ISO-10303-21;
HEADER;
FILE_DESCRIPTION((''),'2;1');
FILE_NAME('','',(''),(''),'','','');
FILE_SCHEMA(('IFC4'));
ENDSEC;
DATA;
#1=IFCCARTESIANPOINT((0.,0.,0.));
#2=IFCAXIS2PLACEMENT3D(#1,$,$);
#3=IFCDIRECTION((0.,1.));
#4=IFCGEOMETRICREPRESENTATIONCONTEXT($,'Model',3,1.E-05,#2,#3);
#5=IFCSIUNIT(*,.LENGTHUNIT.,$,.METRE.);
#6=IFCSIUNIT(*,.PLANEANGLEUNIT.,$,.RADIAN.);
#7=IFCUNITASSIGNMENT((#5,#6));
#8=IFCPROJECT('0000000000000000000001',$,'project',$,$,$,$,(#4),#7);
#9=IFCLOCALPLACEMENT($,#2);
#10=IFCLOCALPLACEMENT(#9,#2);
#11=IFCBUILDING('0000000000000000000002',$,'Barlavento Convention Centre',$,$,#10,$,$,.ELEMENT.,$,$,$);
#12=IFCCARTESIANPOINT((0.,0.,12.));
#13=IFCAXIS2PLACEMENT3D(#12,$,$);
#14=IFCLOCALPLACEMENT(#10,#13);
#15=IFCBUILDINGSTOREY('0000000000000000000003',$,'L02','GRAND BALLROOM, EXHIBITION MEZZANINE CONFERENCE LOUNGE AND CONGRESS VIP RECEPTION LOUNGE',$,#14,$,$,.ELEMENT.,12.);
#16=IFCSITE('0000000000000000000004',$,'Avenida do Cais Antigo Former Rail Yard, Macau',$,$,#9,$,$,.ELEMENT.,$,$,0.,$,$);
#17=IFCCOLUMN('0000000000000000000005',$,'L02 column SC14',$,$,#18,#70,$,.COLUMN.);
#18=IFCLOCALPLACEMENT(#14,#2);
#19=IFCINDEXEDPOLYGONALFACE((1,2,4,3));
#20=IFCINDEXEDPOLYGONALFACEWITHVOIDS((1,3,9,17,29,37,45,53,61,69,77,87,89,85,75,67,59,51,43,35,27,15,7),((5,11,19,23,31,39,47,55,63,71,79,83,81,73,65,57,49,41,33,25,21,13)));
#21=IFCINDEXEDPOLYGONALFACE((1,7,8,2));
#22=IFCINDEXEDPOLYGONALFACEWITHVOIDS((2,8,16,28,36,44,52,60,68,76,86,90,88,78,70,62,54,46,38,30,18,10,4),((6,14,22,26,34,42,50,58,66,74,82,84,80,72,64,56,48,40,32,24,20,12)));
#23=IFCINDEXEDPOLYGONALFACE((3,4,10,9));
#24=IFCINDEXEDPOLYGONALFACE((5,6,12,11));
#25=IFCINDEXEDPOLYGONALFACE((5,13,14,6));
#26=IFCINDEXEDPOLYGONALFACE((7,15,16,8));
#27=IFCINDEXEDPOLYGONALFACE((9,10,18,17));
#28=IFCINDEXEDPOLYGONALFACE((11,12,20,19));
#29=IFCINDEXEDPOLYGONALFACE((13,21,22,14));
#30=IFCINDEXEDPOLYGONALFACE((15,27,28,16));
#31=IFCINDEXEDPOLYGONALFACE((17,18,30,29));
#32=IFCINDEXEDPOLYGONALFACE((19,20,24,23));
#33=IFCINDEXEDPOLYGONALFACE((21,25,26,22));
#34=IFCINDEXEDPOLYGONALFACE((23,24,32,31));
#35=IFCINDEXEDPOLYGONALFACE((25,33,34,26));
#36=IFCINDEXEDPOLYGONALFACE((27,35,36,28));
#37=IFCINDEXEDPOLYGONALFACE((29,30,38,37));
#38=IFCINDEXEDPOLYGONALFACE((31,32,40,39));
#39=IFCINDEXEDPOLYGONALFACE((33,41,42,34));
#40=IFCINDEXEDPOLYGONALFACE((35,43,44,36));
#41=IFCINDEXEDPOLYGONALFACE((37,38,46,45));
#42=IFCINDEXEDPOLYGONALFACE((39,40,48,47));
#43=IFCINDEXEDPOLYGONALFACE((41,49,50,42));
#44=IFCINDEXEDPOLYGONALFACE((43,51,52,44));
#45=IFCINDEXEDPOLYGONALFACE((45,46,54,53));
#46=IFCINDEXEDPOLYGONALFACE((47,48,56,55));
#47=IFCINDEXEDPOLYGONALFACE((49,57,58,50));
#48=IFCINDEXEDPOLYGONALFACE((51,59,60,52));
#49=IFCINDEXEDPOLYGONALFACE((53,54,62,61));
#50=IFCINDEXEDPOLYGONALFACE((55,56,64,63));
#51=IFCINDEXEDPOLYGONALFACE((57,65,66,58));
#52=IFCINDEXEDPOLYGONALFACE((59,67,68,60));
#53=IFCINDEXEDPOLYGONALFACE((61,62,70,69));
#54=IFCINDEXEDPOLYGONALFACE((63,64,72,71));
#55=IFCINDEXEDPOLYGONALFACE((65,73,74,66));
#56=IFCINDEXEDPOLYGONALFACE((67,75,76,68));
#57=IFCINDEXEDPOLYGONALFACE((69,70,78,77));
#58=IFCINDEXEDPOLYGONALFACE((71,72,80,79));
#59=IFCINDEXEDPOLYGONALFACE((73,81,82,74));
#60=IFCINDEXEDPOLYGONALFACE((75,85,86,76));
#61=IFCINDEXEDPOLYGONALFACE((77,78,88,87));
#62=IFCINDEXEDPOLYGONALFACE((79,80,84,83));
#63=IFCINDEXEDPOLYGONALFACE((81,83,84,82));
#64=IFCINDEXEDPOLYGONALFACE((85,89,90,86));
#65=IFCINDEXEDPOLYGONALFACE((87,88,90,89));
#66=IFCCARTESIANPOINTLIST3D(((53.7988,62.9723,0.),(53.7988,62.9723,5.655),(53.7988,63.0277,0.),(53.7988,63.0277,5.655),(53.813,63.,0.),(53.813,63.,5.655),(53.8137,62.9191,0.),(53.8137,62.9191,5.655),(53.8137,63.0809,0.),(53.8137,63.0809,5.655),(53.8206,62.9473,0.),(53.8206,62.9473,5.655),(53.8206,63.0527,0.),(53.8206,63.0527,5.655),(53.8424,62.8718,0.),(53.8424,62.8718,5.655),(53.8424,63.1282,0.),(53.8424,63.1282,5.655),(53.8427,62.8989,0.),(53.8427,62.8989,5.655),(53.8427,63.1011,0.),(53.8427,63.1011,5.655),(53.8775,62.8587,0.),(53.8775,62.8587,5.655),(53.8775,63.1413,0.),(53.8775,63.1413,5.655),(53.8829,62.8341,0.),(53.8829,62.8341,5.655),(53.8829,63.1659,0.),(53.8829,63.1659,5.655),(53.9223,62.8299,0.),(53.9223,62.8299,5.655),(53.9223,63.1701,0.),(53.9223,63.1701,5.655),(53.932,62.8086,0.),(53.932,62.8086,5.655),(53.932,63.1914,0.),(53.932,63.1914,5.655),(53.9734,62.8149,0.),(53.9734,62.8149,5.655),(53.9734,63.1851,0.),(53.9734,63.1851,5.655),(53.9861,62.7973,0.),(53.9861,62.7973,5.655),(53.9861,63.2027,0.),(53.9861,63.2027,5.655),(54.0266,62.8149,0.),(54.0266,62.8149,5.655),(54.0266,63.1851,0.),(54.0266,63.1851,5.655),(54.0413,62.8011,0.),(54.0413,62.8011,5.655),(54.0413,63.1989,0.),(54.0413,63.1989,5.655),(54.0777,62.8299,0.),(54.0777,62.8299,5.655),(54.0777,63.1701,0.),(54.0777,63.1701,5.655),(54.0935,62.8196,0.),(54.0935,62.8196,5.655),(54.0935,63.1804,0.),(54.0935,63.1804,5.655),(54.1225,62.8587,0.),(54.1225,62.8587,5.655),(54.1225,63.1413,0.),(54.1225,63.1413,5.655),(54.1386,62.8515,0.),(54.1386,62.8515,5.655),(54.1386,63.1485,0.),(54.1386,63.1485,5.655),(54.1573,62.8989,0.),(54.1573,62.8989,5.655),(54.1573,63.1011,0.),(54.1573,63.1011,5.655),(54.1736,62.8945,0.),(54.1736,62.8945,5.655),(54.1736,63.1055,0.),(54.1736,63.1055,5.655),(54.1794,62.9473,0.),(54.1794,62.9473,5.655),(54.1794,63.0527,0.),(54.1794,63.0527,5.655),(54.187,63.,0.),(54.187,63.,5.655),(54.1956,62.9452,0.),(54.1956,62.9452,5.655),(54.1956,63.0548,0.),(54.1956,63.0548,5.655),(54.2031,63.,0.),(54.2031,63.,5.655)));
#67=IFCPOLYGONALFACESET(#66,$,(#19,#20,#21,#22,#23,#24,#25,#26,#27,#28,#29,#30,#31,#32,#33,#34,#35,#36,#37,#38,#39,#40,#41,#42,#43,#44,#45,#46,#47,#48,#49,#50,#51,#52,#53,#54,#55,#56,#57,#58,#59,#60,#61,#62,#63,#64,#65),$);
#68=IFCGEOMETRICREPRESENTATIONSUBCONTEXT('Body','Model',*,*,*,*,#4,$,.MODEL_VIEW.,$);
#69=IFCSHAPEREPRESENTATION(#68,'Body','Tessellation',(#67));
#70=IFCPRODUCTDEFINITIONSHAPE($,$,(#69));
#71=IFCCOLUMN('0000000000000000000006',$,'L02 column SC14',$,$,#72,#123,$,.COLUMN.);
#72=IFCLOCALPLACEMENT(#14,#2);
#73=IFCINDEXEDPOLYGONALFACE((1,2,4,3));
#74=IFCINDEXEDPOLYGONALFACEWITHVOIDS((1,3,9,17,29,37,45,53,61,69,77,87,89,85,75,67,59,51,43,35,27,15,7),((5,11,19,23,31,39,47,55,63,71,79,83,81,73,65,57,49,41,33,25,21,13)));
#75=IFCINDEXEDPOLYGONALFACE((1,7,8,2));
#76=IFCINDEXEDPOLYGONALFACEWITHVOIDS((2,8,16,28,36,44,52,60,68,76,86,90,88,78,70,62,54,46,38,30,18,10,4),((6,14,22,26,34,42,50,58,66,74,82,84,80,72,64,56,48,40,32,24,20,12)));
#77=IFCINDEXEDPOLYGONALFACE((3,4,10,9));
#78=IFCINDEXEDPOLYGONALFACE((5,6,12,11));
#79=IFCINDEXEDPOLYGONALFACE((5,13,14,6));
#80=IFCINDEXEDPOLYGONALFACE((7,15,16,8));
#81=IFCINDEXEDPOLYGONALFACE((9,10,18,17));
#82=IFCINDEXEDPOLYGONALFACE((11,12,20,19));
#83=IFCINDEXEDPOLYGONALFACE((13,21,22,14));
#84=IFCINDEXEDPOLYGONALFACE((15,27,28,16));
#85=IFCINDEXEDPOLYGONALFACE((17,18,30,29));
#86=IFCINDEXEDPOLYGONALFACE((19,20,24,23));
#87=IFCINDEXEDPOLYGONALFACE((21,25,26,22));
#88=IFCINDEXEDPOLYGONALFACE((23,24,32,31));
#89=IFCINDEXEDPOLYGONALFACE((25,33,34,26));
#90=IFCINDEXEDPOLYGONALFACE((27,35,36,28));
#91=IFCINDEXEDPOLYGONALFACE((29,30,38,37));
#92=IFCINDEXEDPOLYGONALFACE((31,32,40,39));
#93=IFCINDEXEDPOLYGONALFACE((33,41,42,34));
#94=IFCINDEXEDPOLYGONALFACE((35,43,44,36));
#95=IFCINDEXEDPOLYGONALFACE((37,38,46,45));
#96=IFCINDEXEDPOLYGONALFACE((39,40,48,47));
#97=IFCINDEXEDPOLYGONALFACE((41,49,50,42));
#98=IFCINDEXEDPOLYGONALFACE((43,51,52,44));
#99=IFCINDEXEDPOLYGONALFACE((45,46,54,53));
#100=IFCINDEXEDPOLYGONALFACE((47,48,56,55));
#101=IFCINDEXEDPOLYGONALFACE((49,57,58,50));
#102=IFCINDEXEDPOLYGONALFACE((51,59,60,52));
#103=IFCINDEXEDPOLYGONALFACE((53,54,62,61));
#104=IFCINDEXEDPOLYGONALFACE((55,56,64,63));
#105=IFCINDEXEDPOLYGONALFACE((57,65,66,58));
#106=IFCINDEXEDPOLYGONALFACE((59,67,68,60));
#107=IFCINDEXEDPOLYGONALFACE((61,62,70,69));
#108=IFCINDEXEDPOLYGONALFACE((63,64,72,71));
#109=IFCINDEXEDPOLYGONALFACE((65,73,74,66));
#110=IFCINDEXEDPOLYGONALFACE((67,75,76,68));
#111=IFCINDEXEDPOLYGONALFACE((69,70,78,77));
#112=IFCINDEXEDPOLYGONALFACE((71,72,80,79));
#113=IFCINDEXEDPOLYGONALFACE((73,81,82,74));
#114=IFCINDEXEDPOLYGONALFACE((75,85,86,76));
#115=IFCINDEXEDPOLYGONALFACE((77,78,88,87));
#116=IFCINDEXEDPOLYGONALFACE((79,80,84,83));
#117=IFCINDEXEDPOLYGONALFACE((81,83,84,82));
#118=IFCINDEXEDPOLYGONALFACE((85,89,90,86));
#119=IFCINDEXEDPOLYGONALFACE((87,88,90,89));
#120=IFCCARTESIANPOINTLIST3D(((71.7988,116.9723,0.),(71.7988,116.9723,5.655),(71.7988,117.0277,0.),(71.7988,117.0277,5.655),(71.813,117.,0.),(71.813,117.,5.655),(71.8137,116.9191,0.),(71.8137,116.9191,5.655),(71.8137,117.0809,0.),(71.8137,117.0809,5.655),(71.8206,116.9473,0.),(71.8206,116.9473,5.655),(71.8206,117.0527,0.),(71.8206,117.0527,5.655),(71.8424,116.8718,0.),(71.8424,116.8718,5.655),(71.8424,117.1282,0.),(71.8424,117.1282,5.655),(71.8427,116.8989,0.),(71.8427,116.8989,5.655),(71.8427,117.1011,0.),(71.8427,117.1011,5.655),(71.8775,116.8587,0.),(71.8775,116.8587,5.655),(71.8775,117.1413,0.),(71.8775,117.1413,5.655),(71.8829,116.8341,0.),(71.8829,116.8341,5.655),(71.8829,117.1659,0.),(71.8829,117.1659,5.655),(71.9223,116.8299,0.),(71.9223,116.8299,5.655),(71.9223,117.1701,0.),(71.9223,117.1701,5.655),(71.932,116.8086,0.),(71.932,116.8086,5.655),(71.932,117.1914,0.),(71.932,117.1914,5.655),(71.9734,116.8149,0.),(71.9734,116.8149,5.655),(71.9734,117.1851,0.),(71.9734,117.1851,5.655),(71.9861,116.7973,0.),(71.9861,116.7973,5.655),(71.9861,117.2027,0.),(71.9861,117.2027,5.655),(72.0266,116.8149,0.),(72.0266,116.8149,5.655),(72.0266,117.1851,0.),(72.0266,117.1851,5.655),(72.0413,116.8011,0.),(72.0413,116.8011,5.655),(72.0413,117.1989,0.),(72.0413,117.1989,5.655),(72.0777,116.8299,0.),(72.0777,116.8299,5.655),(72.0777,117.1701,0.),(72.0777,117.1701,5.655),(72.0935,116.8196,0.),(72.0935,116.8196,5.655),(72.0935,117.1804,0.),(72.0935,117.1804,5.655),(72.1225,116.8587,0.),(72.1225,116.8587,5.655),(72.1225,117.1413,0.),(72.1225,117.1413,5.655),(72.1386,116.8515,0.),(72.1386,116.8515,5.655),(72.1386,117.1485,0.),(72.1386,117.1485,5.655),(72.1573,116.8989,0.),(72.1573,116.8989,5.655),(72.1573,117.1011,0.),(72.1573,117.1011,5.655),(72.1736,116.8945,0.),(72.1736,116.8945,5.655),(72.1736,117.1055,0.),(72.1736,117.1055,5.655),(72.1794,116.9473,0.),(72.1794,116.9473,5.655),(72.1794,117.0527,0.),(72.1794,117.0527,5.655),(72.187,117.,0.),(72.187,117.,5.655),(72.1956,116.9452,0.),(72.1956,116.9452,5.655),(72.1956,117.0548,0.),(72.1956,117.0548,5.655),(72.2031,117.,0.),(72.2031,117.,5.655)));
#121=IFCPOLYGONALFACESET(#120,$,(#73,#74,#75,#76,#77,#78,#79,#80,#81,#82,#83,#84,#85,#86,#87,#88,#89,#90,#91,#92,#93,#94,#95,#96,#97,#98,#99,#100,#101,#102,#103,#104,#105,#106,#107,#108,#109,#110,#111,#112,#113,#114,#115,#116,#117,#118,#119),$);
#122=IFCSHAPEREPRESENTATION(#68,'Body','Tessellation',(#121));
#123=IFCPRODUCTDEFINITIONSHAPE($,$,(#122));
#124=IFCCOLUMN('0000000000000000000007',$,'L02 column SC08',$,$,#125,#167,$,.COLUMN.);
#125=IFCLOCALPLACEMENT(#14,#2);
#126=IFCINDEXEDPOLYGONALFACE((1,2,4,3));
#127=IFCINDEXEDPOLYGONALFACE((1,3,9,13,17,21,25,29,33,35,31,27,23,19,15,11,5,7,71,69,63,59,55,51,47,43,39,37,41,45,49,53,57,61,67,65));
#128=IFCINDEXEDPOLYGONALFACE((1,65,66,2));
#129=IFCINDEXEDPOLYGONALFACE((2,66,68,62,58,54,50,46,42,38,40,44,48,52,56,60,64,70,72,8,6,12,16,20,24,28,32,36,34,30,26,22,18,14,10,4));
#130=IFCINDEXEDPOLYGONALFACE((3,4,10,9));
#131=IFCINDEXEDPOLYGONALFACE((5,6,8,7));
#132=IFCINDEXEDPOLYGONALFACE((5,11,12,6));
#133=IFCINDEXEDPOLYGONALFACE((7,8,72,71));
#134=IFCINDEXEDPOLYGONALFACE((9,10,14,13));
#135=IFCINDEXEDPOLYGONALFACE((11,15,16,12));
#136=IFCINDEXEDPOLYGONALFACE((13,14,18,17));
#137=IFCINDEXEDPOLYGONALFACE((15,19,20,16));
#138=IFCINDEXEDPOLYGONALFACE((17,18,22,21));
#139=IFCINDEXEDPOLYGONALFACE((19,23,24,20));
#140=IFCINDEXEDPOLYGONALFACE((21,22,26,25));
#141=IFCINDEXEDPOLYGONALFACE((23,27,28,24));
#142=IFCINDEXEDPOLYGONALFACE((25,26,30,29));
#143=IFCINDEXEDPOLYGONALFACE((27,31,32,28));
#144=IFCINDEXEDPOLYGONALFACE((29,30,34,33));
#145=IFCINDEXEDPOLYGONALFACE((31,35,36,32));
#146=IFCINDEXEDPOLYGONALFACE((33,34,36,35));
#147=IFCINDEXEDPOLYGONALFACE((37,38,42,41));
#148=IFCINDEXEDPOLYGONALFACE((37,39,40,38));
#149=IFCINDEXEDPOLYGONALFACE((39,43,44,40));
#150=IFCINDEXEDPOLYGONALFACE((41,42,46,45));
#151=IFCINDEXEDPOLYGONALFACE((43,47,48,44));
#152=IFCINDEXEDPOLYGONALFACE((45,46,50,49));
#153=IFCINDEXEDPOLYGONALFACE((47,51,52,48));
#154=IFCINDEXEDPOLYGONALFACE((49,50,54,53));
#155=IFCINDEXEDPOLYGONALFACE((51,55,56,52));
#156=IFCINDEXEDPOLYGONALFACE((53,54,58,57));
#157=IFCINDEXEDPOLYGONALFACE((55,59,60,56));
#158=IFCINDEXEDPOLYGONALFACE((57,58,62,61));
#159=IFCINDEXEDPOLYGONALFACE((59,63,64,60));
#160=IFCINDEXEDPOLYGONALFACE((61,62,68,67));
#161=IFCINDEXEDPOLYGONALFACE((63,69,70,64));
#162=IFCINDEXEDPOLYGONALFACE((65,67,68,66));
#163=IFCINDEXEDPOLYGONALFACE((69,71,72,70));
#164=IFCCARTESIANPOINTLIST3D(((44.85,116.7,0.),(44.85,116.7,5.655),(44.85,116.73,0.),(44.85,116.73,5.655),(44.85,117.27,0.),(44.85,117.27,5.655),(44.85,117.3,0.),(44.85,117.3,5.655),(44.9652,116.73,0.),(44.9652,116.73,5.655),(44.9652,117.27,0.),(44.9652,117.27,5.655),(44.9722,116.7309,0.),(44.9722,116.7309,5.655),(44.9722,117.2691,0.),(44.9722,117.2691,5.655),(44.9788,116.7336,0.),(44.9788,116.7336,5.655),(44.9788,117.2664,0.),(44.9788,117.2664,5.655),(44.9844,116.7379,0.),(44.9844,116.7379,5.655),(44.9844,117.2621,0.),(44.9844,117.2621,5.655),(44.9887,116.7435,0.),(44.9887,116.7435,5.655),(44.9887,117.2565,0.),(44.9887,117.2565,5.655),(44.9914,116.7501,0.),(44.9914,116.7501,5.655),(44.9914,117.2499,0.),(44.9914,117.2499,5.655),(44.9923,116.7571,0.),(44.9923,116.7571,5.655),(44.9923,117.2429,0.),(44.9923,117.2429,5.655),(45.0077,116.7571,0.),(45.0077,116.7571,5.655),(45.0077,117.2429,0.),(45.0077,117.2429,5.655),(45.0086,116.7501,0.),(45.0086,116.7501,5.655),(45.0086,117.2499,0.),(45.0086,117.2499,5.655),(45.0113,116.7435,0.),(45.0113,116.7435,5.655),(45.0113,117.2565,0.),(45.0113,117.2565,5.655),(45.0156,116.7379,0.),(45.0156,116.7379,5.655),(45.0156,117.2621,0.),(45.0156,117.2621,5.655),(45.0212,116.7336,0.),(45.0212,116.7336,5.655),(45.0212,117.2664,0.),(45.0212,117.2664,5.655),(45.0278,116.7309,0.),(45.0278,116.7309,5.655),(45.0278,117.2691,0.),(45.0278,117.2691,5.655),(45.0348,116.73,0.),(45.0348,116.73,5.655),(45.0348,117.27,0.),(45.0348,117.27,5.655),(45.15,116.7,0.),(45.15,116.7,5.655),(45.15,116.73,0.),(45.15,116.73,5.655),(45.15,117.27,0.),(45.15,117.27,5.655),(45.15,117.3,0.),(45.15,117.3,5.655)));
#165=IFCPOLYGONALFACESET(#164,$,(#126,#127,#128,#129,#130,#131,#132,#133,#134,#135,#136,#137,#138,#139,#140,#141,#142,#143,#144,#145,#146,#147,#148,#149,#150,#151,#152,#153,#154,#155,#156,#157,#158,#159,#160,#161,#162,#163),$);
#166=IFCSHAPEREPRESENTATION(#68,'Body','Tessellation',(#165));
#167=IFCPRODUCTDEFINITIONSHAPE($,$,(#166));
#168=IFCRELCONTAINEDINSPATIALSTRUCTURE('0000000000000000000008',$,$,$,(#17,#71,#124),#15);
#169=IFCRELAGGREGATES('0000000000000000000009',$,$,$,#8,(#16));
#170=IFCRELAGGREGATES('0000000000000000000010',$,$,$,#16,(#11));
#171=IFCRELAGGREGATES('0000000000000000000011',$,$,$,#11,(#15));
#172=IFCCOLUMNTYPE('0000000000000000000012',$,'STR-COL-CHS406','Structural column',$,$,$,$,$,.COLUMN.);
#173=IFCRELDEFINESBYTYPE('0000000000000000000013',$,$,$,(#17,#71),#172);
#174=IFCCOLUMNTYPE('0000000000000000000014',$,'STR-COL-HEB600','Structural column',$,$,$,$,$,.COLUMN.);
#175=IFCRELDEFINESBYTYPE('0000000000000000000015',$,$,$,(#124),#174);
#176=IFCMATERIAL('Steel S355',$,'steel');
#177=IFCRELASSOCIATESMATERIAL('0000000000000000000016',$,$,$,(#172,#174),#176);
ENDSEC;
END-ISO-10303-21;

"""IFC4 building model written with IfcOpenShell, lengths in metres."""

from ifc_helpers import new_model, si_unit, direction, frame, origin, origin_2d, place, context, subcontext, project, spatial, hollow_circle, i_section, extrude, material, material_profile, profile_set, type_object, element, save


model = new_model("IFC4")

# Units and contexts
model_context = context("Model", 3, precision=1e-05, world=origin(), true_north=direction((0.0, 1.0)))
body_context = subcontext(model_context, "Body", "Model", "MODEL_VIEW")
ifc_project = project(units=[si_unit("LENGTHUNIT", "METRE"), si_unit("PLANEANGLEUNIT", "RADIAN")], contexts=[model_context])

# Site, building, storey
site_placement = place(None, origin())
site = spatial("IfcSite", under=ifc_project, at=site_placement, Name="Avenida do Cais Antigo Former Rail Yard, Macau", CompositionType="ELEMENT", RefElevation=0.0)
building_placement = place(site_placement, origin())
building = spatial("IfcBuilding", under=site, at=building_placement, Name="Barlavento Convention Centre", CompositionType="ELEMENT")
storey_placement = place(building_placement, frame((0.0, 0.0, 12.0)))
storey = spatial("IfcBuildingStorey", under=building, at=storey_placement, Name="L02", Description="GRAND BALLROOM, EXHIBITION MEZZANINE CONFERENCE LOUNGE AND CONGRESS VIP RECEPTION LOUNGE", CompositionType="ELEMENT", Elevation=12.0)

# Columns
ifc_material_1 = material(Name="Steel S355", Category="steel")
ifc_material_profile_1 = material_profile(ifc_material_1, hollow_circle(Radius=0.2031, WallThickness=0.0161, at=origin_2d()), Name="CHS 406.4x16.0")
ifc_profile_set_1 = profile_set([ifc_material_profile_1], Name="Steel S355")
column_type_1 = type_object("IfcColumnType", Name="STR-COL-CHS406", Description="Structural column", PredefinedType="COLUMN", material=ifc_profile_set_1)
for number, where, z_axis, x_axis, name in (
    (1, (54.0, 63.0, 0.0), (0.0, 0.0, 1.0), (1.0, 0.0, 0.0), "L02 column SC14"),
    (2, (72.0, 117.0, 0.0), (0.0, 0.0, 1.0), (1.0, 0.0, 0.0), "L02 column SC14"),
):
    element("IfcColumn", number, at=place(storey_placement, frame(where, z_axis=z_axis, x_axis=x_axis)), inside=storey, type_object=column_type_1, Name=name, PredefinedType="COLUMN", context=body_context, shape_type="SweptSolid", body=[
        extrude(hollow_circle(Radius=0.2031, WallThickness=0.0161, at=origin_2d()), origin(), (0.0, 0.0, 1.0), 5.655),
    ])
ifc_material_profile_2 = material_profile(ifc_material_1, i_section(OverallWidth=0.3, OverallDepth=0.6001, WebThickness=0.0154, FlangeThickness=0.03, FilletRadius=0.0271, at=origin_2d()), Name="HEB 600")
ifc_profile_set_2 = profile_set([ifc_material_profile_2], Name="Steel S355")
column_type_2 = type_object("IfcColumnType", Name="STR-COL-HEB600", Description="Structural column", PredefinedType="COLUMN", material=ifc_profile_set_2)
column_1_placement = place(storey_placement, frame((45.0, 117.0, 0.0), z_axis=(0.0, 0.0, 1.0), x_axis=(1.0, 0.0, 0.0)))
element("IfcColumn", 3, at=column_1_placement, inside=storey, type_object=column_type_2, Name="L02 column SC08", PredefinedType="COLUMN", context=body_context, shape_type="SweptSolid", body=[
    extrude(i_section(OverallWidth=0.3, OverallDepth=0.6001, WebThickness=0.0154, FlangeThickness=0.03, FilletRadius=0.0271, at=origin_2d()), origin(), (0.0, 0.0, 1.0), 5.655),
])

save(model, "model.ifc")
